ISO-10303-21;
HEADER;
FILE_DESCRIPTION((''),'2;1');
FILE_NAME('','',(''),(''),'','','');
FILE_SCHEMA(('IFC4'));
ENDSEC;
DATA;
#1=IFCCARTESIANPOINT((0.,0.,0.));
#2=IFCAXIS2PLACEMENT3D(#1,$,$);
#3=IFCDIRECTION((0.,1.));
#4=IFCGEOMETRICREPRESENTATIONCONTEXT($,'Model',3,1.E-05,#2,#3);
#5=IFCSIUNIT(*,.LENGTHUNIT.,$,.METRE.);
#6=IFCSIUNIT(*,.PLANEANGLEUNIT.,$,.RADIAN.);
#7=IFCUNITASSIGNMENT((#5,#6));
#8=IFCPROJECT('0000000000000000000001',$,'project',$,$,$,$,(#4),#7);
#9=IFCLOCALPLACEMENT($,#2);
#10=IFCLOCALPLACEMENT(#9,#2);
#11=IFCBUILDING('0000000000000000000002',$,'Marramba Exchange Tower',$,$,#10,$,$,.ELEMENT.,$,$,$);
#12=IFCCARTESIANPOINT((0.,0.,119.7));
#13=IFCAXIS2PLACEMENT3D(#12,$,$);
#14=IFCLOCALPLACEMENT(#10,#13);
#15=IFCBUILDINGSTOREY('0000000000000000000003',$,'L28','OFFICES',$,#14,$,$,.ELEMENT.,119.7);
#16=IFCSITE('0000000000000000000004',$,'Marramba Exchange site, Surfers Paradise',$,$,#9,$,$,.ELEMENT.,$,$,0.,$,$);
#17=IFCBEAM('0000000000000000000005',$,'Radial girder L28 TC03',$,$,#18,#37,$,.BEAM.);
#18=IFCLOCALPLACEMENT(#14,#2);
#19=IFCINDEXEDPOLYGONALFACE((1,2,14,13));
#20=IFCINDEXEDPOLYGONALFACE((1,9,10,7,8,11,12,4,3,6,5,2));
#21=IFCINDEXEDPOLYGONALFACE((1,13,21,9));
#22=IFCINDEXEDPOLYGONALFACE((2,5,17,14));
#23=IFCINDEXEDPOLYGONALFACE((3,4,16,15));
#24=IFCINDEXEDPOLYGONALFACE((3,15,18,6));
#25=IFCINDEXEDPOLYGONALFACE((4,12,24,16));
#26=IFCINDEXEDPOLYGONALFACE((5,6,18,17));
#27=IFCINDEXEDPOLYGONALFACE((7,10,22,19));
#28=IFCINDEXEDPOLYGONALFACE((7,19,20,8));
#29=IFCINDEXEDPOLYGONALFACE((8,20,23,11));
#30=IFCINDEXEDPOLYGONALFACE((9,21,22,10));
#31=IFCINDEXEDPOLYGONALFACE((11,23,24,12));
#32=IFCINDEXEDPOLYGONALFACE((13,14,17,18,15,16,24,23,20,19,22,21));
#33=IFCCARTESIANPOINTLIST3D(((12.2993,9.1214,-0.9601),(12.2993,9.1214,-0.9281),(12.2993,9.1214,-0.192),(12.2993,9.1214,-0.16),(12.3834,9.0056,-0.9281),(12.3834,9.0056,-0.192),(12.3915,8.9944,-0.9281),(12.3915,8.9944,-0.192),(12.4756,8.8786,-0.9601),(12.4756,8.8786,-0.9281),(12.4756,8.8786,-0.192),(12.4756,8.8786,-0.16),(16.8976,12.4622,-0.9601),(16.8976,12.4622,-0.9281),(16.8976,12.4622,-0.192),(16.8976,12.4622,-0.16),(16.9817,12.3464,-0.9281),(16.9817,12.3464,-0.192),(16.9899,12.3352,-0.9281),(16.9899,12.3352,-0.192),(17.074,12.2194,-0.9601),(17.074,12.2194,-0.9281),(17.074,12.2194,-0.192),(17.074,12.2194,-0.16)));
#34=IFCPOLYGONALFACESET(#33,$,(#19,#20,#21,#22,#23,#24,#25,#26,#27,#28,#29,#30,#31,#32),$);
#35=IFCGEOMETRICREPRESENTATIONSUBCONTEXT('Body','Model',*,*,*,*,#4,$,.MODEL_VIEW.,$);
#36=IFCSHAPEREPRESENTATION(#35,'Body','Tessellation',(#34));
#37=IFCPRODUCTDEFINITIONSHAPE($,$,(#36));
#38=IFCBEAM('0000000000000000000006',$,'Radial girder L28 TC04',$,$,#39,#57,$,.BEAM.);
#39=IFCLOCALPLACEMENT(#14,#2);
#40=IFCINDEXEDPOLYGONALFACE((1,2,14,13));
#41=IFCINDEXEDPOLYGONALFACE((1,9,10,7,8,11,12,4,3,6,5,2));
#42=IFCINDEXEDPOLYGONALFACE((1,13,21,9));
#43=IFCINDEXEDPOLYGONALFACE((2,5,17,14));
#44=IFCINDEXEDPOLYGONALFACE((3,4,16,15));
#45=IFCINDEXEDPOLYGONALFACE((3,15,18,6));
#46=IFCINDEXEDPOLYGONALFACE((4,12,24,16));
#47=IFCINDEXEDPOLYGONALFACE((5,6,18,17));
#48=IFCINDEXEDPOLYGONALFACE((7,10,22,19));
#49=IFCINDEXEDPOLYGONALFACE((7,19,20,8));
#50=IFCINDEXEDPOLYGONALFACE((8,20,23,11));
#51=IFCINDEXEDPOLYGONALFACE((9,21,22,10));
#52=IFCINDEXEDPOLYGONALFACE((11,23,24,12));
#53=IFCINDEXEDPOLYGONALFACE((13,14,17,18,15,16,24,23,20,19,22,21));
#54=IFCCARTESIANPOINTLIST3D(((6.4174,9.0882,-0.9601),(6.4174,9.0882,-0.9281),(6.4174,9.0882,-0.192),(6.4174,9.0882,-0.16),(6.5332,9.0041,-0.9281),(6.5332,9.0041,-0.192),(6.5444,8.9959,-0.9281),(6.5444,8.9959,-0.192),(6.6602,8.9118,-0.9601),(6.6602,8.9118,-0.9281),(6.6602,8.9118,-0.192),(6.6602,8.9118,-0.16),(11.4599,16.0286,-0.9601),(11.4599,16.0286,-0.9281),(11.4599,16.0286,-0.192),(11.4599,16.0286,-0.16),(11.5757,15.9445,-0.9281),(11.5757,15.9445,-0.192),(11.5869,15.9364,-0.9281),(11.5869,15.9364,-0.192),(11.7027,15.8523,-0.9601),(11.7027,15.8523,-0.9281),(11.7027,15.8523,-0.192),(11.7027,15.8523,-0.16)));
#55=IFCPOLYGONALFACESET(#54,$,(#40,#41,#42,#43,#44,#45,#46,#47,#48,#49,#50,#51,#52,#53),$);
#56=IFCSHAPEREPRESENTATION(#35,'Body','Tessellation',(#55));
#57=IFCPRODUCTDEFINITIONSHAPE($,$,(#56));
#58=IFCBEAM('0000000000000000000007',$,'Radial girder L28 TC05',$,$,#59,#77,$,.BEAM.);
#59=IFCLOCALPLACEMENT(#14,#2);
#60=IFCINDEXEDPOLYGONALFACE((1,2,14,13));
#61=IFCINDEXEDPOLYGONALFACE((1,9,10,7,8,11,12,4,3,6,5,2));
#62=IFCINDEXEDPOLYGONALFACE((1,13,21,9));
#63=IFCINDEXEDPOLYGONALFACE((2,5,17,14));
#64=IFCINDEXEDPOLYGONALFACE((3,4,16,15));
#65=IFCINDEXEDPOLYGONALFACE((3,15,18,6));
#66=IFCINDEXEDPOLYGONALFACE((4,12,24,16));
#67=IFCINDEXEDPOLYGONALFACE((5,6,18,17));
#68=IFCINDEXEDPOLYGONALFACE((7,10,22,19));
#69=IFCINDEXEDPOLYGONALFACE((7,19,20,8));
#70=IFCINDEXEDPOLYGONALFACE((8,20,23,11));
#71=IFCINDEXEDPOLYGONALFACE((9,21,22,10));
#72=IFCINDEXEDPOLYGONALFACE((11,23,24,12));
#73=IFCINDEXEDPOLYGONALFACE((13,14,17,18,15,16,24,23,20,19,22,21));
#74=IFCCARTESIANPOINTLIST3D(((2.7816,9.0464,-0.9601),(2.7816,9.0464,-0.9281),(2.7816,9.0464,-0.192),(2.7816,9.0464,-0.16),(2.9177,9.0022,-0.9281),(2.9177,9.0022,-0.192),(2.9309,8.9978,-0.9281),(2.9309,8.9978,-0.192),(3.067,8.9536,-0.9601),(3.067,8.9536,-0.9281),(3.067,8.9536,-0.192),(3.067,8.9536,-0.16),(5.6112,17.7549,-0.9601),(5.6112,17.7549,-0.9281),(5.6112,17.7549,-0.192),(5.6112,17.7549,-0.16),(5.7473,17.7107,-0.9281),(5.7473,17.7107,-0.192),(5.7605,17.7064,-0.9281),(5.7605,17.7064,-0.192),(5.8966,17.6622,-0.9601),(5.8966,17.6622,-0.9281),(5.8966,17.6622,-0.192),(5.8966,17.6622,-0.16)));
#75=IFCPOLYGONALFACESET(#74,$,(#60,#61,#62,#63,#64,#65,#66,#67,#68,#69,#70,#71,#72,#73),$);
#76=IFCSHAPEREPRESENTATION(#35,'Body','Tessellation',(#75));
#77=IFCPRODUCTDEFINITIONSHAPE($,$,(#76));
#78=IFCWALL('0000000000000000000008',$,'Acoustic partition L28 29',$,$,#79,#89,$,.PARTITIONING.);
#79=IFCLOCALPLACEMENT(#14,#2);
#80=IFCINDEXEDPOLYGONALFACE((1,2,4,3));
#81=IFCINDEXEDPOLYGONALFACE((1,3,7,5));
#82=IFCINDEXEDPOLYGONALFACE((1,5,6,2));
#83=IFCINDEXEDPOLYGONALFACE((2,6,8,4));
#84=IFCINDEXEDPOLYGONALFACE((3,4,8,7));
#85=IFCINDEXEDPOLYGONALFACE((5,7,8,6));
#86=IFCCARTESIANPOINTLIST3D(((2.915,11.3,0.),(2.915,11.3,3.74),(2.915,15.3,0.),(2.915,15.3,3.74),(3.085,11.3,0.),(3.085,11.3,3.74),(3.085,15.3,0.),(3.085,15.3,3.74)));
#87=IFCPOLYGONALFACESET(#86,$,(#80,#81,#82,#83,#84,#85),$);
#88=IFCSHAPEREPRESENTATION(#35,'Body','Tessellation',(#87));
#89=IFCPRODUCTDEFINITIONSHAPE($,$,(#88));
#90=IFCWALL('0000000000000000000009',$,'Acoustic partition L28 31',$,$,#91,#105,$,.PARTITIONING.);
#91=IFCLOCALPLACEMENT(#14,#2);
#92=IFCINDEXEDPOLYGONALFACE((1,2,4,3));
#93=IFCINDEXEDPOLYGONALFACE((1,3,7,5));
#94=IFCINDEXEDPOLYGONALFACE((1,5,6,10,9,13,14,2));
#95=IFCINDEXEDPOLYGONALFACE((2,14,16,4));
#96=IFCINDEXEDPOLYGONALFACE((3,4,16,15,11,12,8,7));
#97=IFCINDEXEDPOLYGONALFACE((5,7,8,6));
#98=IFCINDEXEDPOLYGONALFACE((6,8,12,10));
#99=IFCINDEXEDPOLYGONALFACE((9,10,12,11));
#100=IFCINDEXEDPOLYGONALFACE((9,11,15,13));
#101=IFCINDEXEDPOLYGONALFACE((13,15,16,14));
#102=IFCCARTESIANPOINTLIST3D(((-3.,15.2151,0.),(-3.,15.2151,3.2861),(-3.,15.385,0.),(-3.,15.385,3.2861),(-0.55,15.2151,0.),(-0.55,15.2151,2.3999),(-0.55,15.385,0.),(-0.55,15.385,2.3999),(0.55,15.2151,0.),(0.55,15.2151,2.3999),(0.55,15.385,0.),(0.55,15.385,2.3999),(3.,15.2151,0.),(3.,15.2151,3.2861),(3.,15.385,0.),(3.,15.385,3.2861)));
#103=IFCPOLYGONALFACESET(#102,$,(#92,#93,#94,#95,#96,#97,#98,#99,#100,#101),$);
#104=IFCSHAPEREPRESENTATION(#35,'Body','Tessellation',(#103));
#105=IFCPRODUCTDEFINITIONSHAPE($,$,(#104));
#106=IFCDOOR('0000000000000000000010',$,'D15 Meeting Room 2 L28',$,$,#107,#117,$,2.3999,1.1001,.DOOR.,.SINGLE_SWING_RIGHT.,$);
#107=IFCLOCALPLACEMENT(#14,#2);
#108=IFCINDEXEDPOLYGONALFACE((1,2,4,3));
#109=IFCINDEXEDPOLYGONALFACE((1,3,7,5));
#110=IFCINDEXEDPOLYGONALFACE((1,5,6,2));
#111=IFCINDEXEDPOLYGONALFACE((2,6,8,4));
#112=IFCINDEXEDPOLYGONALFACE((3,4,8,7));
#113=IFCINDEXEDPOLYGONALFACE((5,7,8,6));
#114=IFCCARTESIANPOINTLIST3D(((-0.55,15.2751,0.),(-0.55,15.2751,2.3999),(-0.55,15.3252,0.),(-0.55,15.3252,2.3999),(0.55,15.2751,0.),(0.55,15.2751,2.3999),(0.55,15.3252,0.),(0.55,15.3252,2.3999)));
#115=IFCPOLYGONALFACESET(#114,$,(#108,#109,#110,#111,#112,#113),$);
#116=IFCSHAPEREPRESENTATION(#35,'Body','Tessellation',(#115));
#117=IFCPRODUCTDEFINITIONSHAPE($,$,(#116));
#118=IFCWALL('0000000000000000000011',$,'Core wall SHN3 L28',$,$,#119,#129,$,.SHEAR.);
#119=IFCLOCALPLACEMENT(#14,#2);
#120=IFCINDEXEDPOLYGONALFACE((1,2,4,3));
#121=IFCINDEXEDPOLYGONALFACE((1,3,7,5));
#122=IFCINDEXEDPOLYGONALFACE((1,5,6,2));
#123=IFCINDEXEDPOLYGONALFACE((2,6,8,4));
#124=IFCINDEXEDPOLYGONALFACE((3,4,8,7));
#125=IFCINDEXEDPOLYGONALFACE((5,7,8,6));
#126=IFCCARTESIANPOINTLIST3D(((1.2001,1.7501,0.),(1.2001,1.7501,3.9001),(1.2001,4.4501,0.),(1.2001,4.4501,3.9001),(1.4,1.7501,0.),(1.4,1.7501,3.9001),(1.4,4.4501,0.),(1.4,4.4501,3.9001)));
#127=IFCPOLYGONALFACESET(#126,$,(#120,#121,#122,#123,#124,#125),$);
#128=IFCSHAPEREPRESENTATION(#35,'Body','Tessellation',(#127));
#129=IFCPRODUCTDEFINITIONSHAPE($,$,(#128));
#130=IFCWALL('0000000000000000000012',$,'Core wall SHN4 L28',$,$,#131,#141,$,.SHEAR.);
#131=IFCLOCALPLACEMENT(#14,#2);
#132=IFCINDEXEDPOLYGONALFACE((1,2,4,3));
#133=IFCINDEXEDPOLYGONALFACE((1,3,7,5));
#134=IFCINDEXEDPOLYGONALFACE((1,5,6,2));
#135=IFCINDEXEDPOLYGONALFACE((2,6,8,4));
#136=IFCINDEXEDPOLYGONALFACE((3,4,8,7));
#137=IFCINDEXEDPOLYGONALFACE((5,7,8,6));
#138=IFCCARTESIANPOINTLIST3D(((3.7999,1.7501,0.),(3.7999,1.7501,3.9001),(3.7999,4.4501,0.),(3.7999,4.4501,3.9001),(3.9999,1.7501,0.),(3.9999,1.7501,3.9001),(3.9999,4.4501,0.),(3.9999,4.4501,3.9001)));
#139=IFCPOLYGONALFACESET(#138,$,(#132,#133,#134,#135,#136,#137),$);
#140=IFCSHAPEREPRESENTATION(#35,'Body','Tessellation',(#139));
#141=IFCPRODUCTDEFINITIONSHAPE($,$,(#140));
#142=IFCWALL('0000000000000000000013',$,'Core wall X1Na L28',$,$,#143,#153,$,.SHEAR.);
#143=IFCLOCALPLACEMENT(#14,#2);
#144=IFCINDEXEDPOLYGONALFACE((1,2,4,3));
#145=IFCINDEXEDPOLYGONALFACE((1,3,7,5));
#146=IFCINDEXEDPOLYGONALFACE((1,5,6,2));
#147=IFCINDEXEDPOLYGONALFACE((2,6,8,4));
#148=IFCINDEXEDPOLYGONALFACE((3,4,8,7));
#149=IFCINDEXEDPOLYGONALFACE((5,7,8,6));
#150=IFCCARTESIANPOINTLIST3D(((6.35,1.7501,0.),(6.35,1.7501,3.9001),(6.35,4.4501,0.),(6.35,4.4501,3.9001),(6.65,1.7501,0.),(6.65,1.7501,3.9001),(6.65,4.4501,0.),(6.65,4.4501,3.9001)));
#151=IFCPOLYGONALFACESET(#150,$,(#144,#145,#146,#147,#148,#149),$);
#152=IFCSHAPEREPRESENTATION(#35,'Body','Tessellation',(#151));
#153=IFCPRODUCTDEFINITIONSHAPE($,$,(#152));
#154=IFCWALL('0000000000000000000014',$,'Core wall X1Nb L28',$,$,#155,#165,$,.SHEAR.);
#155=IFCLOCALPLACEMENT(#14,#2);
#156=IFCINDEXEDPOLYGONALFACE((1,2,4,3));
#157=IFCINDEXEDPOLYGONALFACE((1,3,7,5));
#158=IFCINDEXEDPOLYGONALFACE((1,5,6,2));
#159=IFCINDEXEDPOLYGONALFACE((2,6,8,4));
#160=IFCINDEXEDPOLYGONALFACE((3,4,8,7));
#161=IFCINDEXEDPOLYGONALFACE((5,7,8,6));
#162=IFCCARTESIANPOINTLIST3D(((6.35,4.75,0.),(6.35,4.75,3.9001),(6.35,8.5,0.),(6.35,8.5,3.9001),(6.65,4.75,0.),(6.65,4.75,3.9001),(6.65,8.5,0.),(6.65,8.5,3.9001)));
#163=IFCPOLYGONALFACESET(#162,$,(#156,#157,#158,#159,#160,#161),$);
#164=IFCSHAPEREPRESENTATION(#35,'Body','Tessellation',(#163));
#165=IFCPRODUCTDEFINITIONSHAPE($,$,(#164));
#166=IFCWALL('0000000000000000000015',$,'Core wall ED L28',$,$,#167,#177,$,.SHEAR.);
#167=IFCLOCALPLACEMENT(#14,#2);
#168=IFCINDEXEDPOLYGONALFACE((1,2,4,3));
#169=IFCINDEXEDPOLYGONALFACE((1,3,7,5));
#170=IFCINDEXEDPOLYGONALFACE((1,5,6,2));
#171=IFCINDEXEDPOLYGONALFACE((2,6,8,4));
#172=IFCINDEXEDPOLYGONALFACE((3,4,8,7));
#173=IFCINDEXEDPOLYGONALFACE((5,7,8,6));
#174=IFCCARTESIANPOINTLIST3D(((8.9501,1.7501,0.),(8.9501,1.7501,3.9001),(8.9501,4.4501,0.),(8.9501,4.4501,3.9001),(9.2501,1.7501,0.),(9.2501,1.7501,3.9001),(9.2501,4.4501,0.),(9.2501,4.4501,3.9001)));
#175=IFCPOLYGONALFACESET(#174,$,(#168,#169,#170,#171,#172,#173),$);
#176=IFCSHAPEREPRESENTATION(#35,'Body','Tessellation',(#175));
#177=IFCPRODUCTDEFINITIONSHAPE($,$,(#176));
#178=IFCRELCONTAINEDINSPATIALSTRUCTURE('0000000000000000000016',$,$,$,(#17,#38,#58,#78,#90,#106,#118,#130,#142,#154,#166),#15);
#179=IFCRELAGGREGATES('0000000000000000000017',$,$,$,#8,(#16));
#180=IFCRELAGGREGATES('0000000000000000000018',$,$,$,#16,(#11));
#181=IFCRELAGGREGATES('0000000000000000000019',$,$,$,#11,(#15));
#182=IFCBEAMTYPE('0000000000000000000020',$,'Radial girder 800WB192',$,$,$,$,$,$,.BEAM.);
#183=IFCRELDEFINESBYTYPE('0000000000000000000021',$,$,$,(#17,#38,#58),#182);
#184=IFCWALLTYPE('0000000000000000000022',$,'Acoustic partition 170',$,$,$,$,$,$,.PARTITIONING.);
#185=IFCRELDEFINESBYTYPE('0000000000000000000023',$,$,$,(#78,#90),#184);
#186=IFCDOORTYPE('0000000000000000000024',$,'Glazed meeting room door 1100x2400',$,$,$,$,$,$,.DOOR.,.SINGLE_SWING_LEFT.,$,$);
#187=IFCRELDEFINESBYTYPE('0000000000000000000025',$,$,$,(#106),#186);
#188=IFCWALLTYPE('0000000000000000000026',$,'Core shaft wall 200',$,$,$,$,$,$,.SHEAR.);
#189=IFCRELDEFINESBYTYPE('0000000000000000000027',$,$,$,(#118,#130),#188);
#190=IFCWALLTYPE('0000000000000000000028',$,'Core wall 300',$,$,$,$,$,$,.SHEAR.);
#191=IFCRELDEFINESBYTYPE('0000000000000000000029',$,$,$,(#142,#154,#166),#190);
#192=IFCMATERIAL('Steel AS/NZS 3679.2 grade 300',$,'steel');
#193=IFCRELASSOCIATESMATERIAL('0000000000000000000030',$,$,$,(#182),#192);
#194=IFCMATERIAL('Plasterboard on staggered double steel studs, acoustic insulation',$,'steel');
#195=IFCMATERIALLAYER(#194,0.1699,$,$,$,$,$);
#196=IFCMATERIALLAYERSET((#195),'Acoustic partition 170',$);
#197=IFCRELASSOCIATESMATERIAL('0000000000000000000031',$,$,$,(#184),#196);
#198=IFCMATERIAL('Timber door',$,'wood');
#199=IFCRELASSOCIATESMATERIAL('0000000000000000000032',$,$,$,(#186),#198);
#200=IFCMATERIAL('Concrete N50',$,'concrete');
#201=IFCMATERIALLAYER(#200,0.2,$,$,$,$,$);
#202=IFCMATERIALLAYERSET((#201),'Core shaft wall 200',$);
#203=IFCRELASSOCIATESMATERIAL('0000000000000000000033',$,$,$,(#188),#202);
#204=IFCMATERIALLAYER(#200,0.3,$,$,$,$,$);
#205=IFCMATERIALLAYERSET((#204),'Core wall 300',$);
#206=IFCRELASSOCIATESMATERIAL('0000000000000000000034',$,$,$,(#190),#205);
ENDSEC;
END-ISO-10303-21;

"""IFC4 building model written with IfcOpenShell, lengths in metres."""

from ifc_helpers import new_model, si_unit, direction, frame, frame_2d, origin, origin_2d, place, context, subcontext, project, spatial, rectangle, i_section, extrude, material, layer, layer_set, material_profile, profile_set, type_object, element, fill, save


model = new_model("IFC4")

# Units and contexts
model_context = context("Model", 3, precision=1e-05, world=origin(), true_north=direction((0.0, 1.0)))
body_context = subcontext(model_context, "Body", "Model", "MODEL_VIEW")
ifc_project = project(units=[si_unit("LENGTHUNIT", "METRE"), si_unit("PLANEANGLEUNIT", "RADIAN")], contexts=[model_context])

# Site, building, storey
site_placement = place(None, origin())
site = spatial("IfcSite", under=ifc_project, at=site_placement, Name="Marramba Exchange site, Surfers Paradise", CompositionType="ELEMENT", RefElevation=0.0)
building_placement = place(site_placement, origin())
building = spatial("IfcBuilding", under=site, at=building_placement, Name="Marramba Exchange Tower", CompositionType="ELEMENT")
storey_placement = place(building_placement, frame((0.0, 0.0, 119.7)))
storey = spatial("IfcBuildingStorey", under=building, at=storey_placement, Name="L28", Description="OFFICES", CompositionType="ELEMENT", Elevation=119.7)

# Beams
ifc_material_1 = material(Name="Steel AS/NZS 3679.2 grade 300", Category="steel")
ifc_material_profile_1 = material_profile(ifc_material_1, i_section(OverallWidth=0.3, OverallDepth=0.8, WebThickness=0.0139, FlangeThickness=0.032, at=origin_2d()), Name="800WB192")
ifc_profile_set_1 = profile_set([ifc_material_profile_1], Name="Steel AS/NZS 3679.2 grade 300")
beam_type_1 = type_object("IfcBeamType", Name="Radial girder 800WB192", PredefinedType="BEAM", material=ifc_profile_set_1)
beam_1_placement = place(storey_placement, frame((12.3875, 9.0, -0.5601), z_axis=(0.809026, 0.587773, 0.0), x_axis=(-0.587773, 0.809026, 0.0)))
element("IfcBeam", 1, at=beam_1_placement, inside=storey, type_object=beam_type_1, Name="Radial girder L28 TC03", PredefinedType="BEAM", context=body_context, shape_type="SweptSolid", body=[
    extrude(i_section(OverallWidth=0.3, OverallDepth=0.8, WebThickness=0.0139, FlangeThickness=0.032, at=origin_2d()), origin(), (0.0, 0.0, 1.0), 5.6838),
])
beam_2_placement = place(storey_placement, frame((6.5388, 9.0, -0.5601), z_axis=(0.587782, 0.809019, 0.0), x_axis=(-0.809019, 0.587782, 0.0)))
element("IfcBeam", 2, at=beam_2_placement, inside=storey, type_object=beam_type_1, Name="Radial girder L28 TC04", PredefinedType="BEAM", context=body_context, shape_type="SweptSolid", body=[
    extrude(i_section(OverallWidth=0.3, OverallDepth=0.8, WebThickness=0.0139, FlangeThickness=0.032, at=origin_2d()), origin(), (0.0, 0.0, 1.0), 8.5789),
])
beam_3_placement = place(storey_placement, frame((2.9243, 9.0, -0.5601), z_axis=(0.30902, 0.951056, 0.0), x_axis=(-0.951056, 0.30902, 0.0)))
element("IfcBeam", 3, at=beam_3_placement, inside=storey, type_object=beam_type_1, Name="Radial girder L28 TC05", PredefinedType="BEAM", context=body_context, shape_type="SweptSolid", body=[
    extrude(i_section(OverallWidth=0.3, OverallDepth=0.8, WebThickness=0.0139, FlangeThickness=0.032, at=origin_2d()), origin(), (0.0, 0.0, 1.0), 9.1567),
])

# Wall
ifc_material_2 = material(Name="Plasterboard on staggered double steel studs, acoustic insulation", Category="steel")
ifc_layer_1 = layer(ifc_material_2, 0.1699)
ifc_layer_set_1 = layer_set([ifc_layer_1], Name="Acoustic partition 170")
wall_type_1 = type_object("IfcWallType", Name="Acoustic partition 170", PredefinedType="PARTITIONING", material=ifc_layer_set_1)
wall_1_placement = place(storey_placement, frame((3.0, 15.3, 0.0), z_axis=(0.0, 0.0, 1.0), x_axis=(0.0, -1.0, 0.0)))
element("IfcWall", 4, at=wall_1_placement, inside=storey, type_object=wall_type_1, Name="Acoustic partition L28 29", PredefinedType="PARTITIONING", context=body_context, shape_type="SweptSolid", body=[
    extrude(rectangle(XDim=4.0, YDim=0.1699, at=frame_2d((2.0, 0.0))), origin(), (0.0, 0.0, 1.0), 3.74),
])

# Wall, opening, door
wall_2_placement = place(storey_placement, frame((3.0, 15.3, 0.0), z_axis=(0.0, 0.0, 1.0), x_axis=(-1.0, 0.0, 0.0)))
wall_2 = element("IfcWall", 5, at=wall_2_placement, inside=storey, type_object=wall_type_1, Name="Acoustic partition L28 31", PredefinedType="PARTITIONING", context=body_context, shape_type="SweptSolid", body=[
    extrude(rectangle(XDim=6.0, YDim=0.1699, at=frame_2d((3.0, 0.0))), origin(), (0.0, 0.0, 1.0), 3.2861),
])
opening_1_placement = place(wall_2_placement, frame((2.45, 0.0, 0.0)))
opening_1 = element("IfcOpeningElement", 6, at=opening_1_placement, cuts=wall_2, PredefinedType="OPENING", context=body_context, shape_type="SweptSolid", body=[
    extrude(rectangle(XDim=1.1001, YDim=2.3999, at=frame_2d((0.55, 1.2))), frame((0.0, 0.095, 0.0), z_axis=(0.0, -1.0, 0.0), x_axis=(1.0, 0.0, 0.0)), (0.0, 0.0, 1.0), 0.1899),
])
ifc_material_3 = material(Name="Timber door", Category="wood")
door_type_1 = type_object("IfcDoorType", Name="Glazed meeting room door 1100x2400", OperationType="SINGLE_SWING_LEFT", PredefinedType="DOOR", material=ifc_material_3)
door_1_placement = place(opening_1_placement, origin())
door_1 = element("IfcDoor", 7, at=door_1_placement, inside=storey, type_object=door_type_1, Name="D15 Meeting Room 2 L28", OperationType="SINGLE_SWING_RIGHT", OverallHeight=2.3999, OverallWidth=1.1001, PredefinedType="DOOR", context=body_context, shape_type="SweptSolid", body=[
    extrude(rectangle(XDim=1.1001, YDim=2.3999, at=frame_2d((0.55, 1.2))), frame((0.0, 0.0249, 0.0), z_axis=(0.0, -1.0, 0.0), x_axis=(1.0, 0.0, 0.0)), (0.0, 0.0, 1.0), 0.05),
])
fill(opening_1, door_1)

# Walls
ifc_material_4 = material(Name="Concrete N50", Category="concrete")
ifc_layer_2 = layer(ifc_material_4, 0.2)
ifc_layer_set_2 = layer_set([ifc_layer_2], Name="Core shaft wall 200")
wall_type_2 = type_object("IfcWallType", Name="Core shaft wall 200", PredefinedType="SHEAR", material=ifc_layer_set_2)
for number, where, z_axis, x_axis, name in (
    (8, (1.3, 1.75, 0.0), (0.0, 0.0, 1.0), (0.0, 1.0, 0.0), "Core wall SHN3 L28"),
    (9, (3.8999, 1.75, 0.0), (0.0, 0.0, 1.0), (0.0, 1.0, 0.0), "Core wall SHN4 L28"),
):
    element("IfcWall", number, at=place(storey_placement, frame(where, z_axis=z_axis, x_axis=x_axis)), inside=storey, type_object=wall_type_2, Name=name, PredefinedType="SHEAR", context=body_context, shape_type="SweptSolid", body=[
        extrude(rectangle(XDim=2.7, YDim=0.2, at=frame_2d((1.3501, 0.0))), origin(), (0.0, 0.0, 1.0), 3.9001),
    ])

# Walls
ifc_layer_3 = layer(ifc_material_4, 0.3)
ifc_layer_set_3 = layer_set([ifc_layer_3], Name="Core wall 300")
wall_type_3 = type_object("IfcWallType", Name="Core wall 300", PredefinedType="SHEAR", material=ifc_layer_set_3)
wall_3_placement = place(storey_placement, frame((6.5, 1.75, 0.0), z_axis=(0.0, 0.0, 1.0), x_axis=(0.0, 1.0, 0.0)))
element("IfcWall", 10, at=wall_3_placement, inside=storey, type_object=wall_type_3, Name="Core wall X1Na L28", PredefinedType="SHEAR", context=body_context, shape_type="SweptSolid", body=[
    extrude(rectangle(XDim=2.7, YDim=0.3, at=frame_2d((1.3501, 0.0))), origin(), (0.0, 0.0, 1.0), 3.9001),
])
wall_4_placement = place(storey_placement, frame((6.5, 4.75, 0.0), z_axis=(0.0, 0.0, 1.0), x_axis=(0.0, 1.0, 0.0)))
element("IfcWall", 11, at=wall_4_placement, inside=storey, type_object=wall_type_3, Name="Core wall X1Nb L28", PredefinedType="SHEAR", context=body_context, shape_type="SweptSolid", body=[
    extrude(rectangle(XDim=3.75, YDim=0.3, at=frame_2d((1.875, 0.0))), origin(), (0.0, 0.0, 1.0), 3.9001),
])
wall_5_placement = place(storey_placement, frame((9.1001, 1.75, 0.0), z_axis=(0.0, 0.0, 1.0), x_axis=(0.0, 1.0, 0.0)))
element("IfcWall", 12, at=wall_5_placement, inside=storey, type_object=wall_type_3, Name="Core wall ED L28", PredefinedType="SHEAR", context=body_context, shape_type="SweptSolid", body=[
    extrude(rectangle(XDim=2.7, YDim=0.3, at=frame_2d((1.3501, 0.0))), origin(), (0.0, 0.0, 1.0), 3.9001),
])

save(model, "model.ifc")
